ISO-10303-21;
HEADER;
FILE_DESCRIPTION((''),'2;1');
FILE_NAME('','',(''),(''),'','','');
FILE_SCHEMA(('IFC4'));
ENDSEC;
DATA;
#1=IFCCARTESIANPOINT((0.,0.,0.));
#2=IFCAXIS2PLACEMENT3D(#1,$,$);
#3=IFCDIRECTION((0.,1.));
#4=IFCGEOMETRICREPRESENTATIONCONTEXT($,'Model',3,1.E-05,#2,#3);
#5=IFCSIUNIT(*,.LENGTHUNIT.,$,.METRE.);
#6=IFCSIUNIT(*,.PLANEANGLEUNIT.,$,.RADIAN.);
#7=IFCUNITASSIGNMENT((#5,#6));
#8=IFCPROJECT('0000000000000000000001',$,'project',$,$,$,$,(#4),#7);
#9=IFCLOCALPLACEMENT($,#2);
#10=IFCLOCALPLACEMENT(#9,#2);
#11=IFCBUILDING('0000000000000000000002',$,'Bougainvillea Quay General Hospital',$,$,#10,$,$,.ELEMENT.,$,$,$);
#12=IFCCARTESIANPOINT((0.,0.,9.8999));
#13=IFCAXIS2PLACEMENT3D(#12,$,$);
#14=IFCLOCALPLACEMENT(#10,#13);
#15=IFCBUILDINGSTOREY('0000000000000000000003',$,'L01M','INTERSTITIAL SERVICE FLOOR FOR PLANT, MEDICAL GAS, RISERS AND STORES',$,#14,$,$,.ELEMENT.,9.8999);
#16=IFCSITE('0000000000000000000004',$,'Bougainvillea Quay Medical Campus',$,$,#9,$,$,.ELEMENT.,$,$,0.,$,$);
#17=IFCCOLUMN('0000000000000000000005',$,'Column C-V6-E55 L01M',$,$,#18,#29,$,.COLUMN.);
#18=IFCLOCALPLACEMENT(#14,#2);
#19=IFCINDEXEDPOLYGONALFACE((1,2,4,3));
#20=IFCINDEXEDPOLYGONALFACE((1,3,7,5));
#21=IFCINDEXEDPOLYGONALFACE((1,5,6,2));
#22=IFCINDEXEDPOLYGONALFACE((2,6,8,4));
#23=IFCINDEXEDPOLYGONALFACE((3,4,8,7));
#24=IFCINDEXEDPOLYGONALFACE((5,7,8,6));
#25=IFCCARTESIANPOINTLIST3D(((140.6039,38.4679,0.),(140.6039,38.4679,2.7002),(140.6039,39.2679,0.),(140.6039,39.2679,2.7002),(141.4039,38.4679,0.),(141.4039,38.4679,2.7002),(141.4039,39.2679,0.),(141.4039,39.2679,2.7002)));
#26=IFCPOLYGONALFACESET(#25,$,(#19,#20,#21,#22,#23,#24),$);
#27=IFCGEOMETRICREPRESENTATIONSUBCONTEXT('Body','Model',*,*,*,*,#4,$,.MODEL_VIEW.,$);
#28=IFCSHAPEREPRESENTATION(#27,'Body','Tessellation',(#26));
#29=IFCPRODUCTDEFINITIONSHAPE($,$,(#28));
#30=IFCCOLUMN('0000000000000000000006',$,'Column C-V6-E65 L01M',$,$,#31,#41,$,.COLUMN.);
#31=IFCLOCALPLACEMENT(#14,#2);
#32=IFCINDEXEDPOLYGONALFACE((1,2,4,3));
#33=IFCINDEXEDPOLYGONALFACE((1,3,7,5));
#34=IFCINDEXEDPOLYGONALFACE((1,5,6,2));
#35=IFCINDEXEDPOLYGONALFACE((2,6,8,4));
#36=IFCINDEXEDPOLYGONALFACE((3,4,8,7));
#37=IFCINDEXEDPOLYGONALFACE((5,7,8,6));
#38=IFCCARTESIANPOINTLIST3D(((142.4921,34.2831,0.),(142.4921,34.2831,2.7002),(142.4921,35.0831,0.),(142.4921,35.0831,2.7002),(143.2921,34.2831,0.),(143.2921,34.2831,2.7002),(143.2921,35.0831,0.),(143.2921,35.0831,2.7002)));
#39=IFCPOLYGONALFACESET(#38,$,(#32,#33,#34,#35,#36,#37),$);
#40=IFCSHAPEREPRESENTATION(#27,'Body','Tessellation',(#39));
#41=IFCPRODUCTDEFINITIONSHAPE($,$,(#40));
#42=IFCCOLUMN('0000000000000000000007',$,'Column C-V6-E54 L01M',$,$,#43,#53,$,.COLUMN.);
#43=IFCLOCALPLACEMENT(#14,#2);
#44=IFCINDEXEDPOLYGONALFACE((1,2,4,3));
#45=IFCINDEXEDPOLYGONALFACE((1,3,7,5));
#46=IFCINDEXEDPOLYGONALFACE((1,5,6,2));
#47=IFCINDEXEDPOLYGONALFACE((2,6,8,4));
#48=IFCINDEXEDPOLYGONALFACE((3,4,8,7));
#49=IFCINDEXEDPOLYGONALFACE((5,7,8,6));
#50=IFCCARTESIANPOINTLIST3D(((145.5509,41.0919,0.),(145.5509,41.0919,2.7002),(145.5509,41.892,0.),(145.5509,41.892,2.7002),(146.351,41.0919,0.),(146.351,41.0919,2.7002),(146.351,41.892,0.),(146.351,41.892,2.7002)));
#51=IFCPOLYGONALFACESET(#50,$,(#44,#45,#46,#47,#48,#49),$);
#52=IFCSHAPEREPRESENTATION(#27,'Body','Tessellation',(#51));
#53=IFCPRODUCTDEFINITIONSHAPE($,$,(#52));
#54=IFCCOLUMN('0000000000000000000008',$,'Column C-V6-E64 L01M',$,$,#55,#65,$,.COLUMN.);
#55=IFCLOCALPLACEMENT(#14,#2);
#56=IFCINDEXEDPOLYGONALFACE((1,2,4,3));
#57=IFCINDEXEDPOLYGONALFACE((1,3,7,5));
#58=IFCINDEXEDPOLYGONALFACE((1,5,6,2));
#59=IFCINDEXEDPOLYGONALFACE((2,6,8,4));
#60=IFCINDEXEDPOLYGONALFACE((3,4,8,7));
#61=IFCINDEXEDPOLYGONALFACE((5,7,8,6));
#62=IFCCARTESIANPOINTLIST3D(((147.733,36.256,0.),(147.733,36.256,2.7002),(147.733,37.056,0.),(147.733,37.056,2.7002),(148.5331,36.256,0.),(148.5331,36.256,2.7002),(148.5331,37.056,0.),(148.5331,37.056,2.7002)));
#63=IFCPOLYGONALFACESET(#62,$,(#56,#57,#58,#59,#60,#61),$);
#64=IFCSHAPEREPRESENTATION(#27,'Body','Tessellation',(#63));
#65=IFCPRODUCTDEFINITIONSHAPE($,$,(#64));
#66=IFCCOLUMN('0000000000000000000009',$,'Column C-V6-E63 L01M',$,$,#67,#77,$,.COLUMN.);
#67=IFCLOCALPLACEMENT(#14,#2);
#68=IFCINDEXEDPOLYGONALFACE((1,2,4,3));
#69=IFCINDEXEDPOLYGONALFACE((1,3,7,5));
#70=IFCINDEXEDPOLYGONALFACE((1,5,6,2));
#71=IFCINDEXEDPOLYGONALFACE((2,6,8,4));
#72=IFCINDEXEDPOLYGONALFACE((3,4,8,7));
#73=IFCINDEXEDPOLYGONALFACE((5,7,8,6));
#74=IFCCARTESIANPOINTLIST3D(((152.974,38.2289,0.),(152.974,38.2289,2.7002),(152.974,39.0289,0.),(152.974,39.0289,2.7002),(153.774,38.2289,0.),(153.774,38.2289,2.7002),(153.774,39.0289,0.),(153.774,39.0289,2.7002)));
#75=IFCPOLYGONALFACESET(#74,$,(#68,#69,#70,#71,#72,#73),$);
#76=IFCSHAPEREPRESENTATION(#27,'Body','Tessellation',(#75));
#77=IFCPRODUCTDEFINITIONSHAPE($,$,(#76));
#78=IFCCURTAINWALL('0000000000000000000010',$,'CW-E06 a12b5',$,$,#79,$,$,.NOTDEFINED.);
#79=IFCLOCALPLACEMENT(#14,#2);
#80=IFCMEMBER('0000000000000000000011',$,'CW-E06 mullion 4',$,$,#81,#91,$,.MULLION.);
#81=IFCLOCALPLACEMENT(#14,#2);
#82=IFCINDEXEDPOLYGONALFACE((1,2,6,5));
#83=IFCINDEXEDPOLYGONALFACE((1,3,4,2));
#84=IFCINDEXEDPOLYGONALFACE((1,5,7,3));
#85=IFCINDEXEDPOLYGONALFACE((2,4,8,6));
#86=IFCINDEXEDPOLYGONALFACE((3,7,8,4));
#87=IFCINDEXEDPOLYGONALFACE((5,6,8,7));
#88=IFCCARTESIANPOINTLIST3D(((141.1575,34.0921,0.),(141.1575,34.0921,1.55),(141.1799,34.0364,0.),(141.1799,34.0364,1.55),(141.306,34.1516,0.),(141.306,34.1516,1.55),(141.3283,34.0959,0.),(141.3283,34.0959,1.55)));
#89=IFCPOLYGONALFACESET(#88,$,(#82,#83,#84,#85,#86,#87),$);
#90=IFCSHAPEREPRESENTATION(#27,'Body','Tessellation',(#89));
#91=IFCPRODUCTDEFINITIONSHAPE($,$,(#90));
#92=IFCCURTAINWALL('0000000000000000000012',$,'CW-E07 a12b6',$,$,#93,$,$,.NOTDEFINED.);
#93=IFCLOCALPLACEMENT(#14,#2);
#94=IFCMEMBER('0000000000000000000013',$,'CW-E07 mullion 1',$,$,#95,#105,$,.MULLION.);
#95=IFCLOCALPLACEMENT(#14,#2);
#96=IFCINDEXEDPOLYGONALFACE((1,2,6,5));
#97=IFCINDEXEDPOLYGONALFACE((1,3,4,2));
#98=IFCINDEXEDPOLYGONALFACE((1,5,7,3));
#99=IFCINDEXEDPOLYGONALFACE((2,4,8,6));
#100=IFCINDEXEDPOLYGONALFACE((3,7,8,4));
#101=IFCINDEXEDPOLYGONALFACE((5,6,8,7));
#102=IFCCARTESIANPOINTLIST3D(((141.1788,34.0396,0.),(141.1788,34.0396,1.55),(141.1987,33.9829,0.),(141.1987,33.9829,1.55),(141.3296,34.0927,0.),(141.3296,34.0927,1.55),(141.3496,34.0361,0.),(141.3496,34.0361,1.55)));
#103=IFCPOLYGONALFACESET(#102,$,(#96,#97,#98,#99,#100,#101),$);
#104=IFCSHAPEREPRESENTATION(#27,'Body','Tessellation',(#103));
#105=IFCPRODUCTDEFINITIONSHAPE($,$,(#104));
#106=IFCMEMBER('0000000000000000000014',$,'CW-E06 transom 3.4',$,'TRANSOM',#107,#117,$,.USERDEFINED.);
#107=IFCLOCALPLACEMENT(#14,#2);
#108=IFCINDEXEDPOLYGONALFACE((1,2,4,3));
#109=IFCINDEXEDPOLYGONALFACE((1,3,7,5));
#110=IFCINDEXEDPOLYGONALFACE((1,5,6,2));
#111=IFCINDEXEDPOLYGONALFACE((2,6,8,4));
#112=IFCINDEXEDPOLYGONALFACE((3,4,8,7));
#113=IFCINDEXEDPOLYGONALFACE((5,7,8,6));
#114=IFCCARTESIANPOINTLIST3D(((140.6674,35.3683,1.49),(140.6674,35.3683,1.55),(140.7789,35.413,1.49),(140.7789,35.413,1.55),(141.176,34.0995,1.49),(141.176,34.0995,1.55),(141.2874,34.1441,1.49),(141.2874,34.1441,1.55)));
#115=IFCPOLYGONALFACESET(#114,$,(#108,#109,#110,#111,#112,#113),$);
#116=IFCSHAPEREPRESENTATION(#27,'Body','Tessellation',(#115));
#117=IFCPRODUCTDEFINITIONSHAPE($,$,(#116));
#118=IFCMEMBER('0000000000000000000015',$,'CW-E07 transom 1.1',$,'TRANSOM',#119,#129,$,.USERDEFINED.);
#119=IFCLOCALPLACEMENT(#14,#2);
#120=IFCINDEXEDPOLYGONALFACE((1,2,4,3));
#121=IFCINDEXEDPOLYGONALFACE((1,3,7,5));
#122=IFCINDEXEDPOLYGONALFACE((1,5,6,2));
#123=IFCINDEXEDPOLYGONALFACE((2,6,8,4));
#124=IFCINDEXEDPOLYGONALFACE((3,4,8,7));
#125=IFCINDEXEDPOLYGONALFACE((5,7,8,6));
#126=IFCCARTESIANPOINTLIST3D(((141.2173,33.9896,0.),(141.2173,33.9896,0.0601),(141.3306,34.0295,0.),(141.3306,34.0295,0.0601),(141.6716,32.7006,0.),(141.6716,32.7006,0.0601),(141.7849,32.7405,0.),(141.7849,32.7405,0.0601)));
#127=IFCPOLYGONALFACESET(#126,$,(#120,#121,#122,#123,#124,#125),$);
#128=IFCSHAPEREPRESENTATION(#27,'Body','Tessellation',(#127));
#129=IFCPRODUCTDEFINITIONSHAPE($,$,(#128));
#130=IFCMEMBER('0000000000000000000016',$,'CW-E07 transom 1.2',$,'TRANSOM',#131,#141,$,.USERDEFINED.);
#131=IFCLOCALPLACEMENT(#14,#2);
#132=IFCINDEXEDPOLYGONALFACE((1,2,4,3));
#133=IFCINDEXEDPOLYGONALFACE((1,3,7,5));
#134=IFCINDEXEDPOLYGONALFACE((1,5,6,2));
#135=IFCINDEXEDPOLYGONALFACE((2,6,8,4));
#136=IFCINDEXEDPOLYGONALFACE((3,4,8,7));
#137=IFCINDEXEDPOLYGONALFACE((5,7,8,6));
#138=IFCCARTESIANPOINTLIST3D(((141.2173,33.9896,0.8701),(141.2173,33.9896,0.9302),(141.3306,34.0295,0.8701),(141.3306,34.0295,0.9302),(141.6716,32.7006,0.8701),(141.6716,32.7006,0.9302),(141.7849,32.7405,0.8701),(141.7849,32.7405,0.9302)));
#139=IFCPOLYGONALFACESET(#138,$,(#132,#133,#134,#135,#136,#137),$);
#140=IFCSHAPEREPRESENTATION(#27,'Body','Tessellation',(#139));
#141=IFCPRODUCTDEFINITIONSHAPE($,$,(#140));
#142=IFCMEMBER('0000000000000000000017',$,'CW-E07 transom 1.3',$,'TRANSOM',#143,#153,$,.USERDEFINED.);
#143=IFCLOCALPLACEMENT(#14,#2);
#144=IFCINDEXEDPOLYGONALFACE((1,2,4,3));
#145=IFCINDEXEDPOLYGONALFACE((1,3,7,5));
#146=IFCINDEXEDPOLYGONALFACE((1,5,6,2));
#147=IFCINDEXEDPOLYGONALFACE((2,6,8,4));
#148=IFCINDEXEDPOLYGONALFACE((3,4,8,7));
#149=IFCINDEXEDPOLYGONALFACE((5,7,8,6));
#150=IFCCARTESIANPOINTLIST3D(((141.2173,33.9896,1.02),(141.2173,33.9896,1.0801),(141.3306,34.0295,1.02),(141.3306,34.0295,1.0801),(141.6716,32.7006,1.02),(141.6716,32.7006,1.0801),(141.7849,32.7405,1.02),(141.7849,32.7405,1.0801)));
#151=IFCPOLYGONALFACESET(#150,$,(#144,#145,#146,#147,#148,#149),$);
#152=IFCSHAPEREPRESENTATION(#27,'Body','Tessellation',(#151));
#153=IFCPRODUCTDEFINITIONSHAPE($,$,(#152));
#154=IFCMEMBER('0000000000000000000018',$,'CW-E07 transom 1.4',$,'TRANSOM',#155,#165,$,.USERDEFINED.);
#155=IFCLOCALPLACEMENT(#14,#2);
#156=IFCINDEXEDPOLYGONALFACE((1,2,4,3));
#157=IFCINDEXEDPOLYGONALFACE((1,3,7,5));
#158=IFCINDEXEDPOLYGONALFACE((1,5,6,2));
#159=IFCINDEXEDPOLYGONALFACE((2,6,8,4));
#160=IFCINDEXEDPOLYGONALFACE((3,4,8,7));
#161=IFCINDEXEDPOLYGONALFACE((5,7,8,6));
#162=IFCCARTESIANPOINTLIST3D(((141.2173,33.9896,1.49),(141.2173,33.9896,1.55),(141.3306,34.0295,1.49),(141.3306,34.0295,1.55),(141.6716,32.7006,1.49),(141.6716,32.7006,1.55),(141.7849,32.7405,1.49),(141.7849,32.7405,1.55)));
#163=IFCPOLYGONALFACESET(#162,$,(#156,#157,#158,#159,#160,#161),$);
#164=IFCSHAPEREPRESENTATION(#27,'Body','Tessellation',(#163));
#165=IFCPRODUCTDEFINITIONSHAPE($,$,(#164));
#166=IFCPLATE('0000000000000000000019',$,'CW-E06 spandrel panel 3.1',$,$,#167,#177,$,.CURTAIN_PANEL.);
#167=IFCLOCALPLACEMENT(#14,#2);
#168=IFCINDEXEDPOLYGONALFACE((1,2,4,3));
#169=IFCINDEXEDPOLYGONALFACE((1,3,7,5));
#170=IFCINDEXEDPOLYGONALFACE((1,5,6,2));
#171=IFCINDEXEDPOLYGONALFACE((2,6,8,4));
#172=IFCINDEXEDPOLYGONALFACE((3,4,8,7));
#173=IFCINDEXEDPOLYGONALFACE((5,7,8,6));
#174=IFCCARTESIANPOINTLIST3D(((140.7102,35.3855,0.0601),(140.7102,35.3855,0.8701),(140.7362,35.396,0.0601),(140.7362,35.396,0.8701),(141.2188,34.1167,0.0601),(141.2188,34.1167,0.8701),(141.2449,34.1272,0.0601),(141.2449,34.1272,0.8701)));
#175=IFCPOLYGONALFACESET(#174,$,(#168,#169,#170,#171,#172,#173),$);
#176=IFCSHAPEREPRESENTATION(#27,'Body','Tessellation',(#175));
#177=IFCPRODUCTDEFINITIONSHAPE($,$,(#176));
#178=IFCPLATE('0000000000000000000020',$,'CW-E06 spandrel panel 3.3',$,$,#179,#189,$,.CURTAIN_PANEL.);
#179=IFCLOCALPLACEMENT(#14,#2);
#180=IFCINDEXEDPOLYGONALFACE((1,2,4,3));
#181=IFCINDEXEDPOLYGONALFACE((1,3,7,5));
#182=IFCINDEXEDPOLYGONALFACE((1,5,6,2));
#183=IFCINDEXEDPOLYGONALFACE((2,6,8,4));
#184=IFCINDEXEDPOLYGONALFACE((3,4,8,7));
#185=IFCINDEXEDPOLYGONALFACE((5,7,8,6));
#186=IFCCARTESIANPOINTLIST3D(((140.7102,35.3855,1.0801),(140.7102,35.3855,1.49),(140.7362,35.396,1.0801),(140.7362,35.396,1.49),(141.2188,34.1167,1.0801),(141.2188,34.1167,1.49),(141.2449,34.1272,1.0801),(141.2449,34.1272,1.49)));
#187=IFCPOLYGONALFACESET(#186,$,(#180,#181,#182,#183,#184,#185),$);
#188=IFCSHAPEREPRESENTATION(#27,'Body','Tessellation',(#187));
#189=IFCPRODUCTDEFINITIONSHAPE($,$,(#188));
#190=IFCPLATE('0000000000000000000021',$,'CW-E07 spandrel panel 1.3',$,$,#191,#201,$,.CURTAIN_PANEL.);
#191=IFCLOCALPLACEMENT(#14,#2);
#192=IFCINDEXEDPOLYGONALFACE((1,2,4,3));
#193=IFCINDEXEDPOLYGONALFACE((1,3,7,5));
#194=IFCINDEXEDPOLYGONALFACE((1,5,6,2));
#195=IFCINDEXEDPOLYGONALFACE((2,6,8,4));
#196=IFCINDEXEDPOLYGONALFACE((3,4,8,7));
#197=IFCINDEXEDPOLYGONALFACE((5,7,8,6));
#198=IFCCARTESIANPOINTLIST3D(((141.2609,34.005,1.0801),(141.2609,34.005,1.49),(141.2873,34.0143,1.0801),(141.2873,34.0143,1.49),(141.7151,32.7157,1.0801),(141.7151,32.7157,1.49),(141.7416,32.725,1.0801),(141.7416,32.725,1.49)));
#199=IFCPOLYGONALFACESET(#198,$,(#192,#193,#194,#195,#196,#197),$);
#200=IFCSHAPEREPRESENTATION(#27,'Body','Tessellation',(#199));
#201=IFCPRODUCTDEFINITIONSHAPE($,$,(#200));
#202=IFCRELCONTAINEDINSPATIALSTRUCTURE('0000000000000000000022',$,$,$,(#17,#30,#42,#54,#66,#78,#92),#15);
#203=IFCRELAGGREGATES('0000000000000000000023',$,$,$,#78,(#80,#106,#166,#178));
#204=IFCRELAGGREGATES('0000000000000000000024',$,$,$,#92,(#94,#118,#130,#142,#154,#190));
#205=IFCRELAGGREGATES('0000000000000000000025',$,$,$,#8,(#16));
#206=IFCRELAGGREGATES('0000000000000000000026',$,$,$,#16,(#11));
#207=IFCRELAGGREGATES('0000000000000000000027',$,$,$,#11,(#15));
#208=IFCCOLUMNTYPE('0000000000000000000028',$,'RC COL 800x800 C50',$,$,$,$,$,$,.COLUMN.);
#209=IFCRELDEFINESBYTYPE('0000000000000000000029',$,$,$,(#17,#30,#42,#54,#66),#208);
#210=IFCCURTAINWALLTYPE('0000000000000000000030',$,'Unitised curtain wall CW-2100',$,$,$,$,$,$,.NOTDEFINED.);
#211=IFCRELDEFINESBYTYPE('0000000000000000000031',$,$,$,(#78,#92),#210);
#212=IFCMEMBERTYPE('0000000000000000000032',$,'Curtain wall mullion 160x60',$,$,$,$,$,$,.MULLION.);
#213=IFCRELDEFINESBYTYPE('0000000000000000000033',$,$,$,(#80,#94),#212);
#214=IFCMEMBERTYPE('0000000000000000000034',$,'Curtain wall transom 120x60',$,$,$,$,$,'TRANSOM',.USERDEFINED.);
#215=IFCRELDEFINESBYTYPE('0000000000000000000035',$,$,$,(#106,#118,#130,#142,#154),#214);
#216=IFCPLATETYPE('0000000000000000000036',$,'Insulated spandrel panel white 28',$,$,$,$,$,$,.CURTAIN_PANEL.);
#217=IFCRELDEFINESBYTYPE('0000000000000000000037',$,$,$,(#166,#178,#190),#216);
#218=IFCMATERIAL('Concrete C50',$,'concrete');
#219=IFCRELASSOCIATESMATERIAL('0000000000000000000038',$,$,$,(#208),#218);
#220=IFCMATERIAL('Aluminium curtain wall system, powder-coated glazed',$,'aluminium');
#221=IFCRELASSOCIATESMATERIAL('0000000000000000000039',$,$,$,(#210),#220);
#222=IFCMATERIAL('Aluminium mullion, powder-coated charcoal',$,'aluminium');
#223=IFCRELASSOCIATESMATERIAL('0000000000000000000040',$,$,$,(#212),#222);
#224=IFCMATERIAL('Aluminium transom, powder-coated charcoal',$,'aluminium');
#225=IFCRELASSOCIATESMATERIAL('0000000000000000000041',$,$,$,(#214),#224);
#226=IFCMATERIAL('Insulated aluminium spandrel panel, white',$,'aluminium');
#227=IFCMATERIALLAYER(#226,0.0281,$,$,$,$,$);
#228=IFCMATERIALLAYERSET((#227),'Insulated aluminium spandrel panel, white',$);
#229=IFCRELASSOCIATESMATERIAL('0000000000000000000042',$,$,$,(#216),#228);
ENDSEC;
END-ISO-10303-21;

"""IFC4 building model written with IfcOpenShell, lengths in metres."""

from ifc_helpers import new_model, si_unit, direction, frame, origin, origin_2d, place, context, subcontext, project, spatial, rectangle, extrude, material, layer, layer_set, material_profile, profile_set, type_object, element, aggregate, save


model = new_model("IFC4")

# Units and contexts
model_context = context("Model", 3, precision=1e-05, world=origin(), true_north=direction((0.0, 1.0)))
body_context = subcontext(model_context, "Body", "Model", "MODEL_VIEW")
ifc_project = project(units=[si_unit("LENGTHUNIT", "METRE"), si_unit("PLANEANGLEUNIT", "RADIAN")], contexts=[model_context])

# Site, building, storey
site_placement = place(None, origin())
site = spatial("IfcSite", under=ifc_project, at=site_placement, Name="Bougainvillea Quay Medical Campus", CompositionType="ELEMENT", RefElevation=0.0)
building_placement = place(site_placement, origin())
building = spatial("IfcBuilding", under=site, at=building_placement, Name="Bougainvillea Quay General Hospital", CompositionType="ELEMENT")
storey_placement = place(building_placement, frame((0.0, 0.0, 9.8999)))
storey = spatial("IfcBuildingStorey", under=building, at=storey_placement, Name="L01M", Description="INTERSTITIAL SERVICE FLOOR FOR PLANT, MEDICAL GAS, RISERS AND STORES", CompositionType="ELEMENT", Elevation=9.8999)

# Columns
ifc_material_1 = material(Name="Concrete C50", Category="concrete")
ifc_material_profile_1 = material_profile(ifc_material_1, rectangle(XDim=0.8, YDim=0.8, at=origin_2d()))
ifc_profile_set_1 = profile_set([ifc_material_profile_1], Name="Concrete C50")
column_type = type_object("IfcColumnType", Name="RC COL 800x800 C50", PredefinedType="COLUMN", material=ifc_profile_set_1)
for number, where, z_axis, x_axis, name in (
    (1, (141.0039, 38.8679, 0.0), (0.0, 0.0, 1.0), (1.0, 0.0, 0.0), "Column C-V6-E55 L01M"),
    (2, (142.8921, 34.6831, 0.0), (0.0, 0.0, 1.0), (1.0, 0.0, 0.0), "Column C-V6-E65 L01M"),
    (3, (145.9509, 41.4919, 0.0), (0.0, 0.0, 1.0), (1.0, 0.0, 0.0), "Column C-V6-E54 L01M"),
    (4, (148.1331, 36.656, 0.0), (0.0, 0.0, 1.0), (1.0, 0.0, 0.0), "Column C-V6-E64 L01M"),
    (5, (153.374, 38.6289, 0.0), (0.0, 0.0, 1.0), (1.0, 0.0, 0.0), "Column C-V6-E63 L01M"),
):
    element("IfcColumn", number, at=place(storey_placement, frame(where, z_axis=z_axis, x_axis=x_axis)), inside=storey, type_object=column_type, Name=name, PredefinedType="COLUMN", context=body_context, shape_type="SweptSolid", body=[
        extrude(rectangle(XDim=0.8, YDim=0.8, at=origin_2d()), origin(), (0.0, 0.0, 1.0), 2.7002),
    ])

# Curtain walls, members
ifc_material_2 = material(Name="Aluminium curtain wall system, powder-coated glazed", Category="aluminium")
curtain_wall_type = type_object("IfcCurtainWallType", Name="Unitised curtain wall CW-2100", PredefinedType="NOTDEFINED", material=ifc_material_2)
curtain_wall_1_placement = place(storey_placement, origin())
curtain_wall_1 = element("IfcCurtainWall", 6, at=curtain_wall_1_placement, inside=storey, type_object=curtain_wall_type, Name="CW-E06 a12b5", PredefinedType="NOTDEFINED")
ifc_material_3 = material(Name="Aluminium mullion, powder-coated charcoal", Category="aluminium")
ifc_material_profile_2 = material_profile(ifc_material_3, rectangle(XDim=0.1599, YDim=0.0601, at=origin_2d()))
ifc_profile_set_2 = profile_set([ifc_material_profile_2], Name="Aluminium mullion, powder-coated charcoal")
member_type_1 = type_object("IfcMemberType", Name="Curtain wall mullion 160x60", PredefinedType="MULLION", material=ifc_profile_set_2)
member_1_placement = place(storey_placement, frame((141.2429, 34.094, 0.0), z_axis=(0.0, 0.0, 1.0), x_axis=(0.928183, 0.372124, 0.0)))
member_1 = element("IfcMember", 7, at=member_1_placement, type_object=member_type_1, Name="CW-E06 mullion 4", PredefinedType="MULLION", context=body_context, shape_type="SweptSolid", body=[
    extrude(rectangle(XDim=0.1599, YDim=0.0601, at=origin_2d()), origin(), (0.0, 0.0, 1.0), 1.55),
])
curtain_wall_2_placement = place(storey_placement, origin())
curtain_wall_2 = element("IfcCurtainWall", 8, at=curtain_wall_2_placement, inside=storey, type_object=curtain_wall_type, Name="CW-E07 a12b6", PredefinedType="NOTDEFINED")
member_2_placement = place(storey_placement, frame((141.2642, 34.0378, 0.0), z_axis=(0.0, 0.0, 1.0), x_axis=(0.943169, 0.332315, 0.0)))
member_2 = element("IfcMember", 9, at=member_2_placement, type_object=member_type_1, Name="CW-E07 mullion 1", PredefinedType="MULLION", context=body_context, shape_type="SweptSolid", body=[
    extrude(rectangle(XDim=0.1599, YDim=0.0601, at=origin_2d()), origin(), (0.0, 0.0, 1.0), 1.55),
])

# Members
ifc_material_4 = material(Name="Aluminium transom, powder-coated charcoal", Category="aluminium")
ifc_material_profile_3 = material_profile(ifc_material_4, rectangle(XDim=0.1201, YDim=0.0601, at=origin_2d()))
ifc_profile_set_3 = profile_set([ifc_material_profile_3], Name="Aluminium transom, powder-coated charcoal")
member_type_2 = type_object("IfcMemberType", Name="Curtain wall transom 120x60", ElementType="TRANSOM", PredefinedType="USERDEFINED", material=ifc_profile_set_3)
member_3_placement = place(storey_placement, frame((140.7231, 35.3906, 1.52), z_axis=(0.372037, -0.928218, 0.0), x_axis=(0.928218, 0.372037, 0.0)))
member_3 = element("IfcMember", 10, at=member_3_placement, type_object=member_type_2, Name="CW-E06 transom 3.4", ObjectType="TRANSOM", PredefinedType="USERDEFINED", context=body_context, shape_type="SweptSolid", body=[
    extrude(rectangle(XDim=0.1201, YDim=0.0601, at=origin_2d()), origin(), (0.0, 0.0, 1.0), 1.3669),
])
member_4_placement = place(storey_placement, frame((141.2739, 34.0095, 0.03), z_axis=(0.332418, -0.943132, 0.0), x_axis=(0.943132, 0.332418, 0.0)))
member_4 = element("IfcMember", 11, at=member_4_placement, type_object=member_type_2, Name="CW-E07 transom 1.1", ObjectType="TRANSOM", PredefinedType="USERDEFINED", context=body_context, shape_type="SweptSolid", body=[
    extrude(rectangle(XDim=0.1201, YDim=0.0601, at=origin_2d()), origin(), (0.0, 0.0, 1.0), 1.3667),
])
member_5_placement = place(storey_placement, frame((141.2739, 34.0095, 0.9001), z_axis=(0.332418, -0.943132, 0.0), x_axis=(0.943132, 0.332418, 0.0)))
member_5 = element("IfcMember", 12, at=member_5_placement, type_object=member_type_2, Name="CW-E07 transom 1.2", ObjectType="TRANSOM", PredefinedType="USERDEFINED", context=body_context, shape_type="SweptSolid", body=[
    extrude(rectangle(XDim=0.1201, YDim=0.0601, at=origin_2d()), origin(), (0.0, 0.0, 1.0), 1.3667),
])
member_6_placement = place(storey_placement, frame((141.2739, 34.0095, 1.05), z_axis=(0.332418, -0.943132, 0.0), x_axis=(0.943132, 0.332418, 0.0)))
member_6 = element("IfcMember", 13, at=member_6_placement, type_object=member_type_2, Name="CW-E07 transom 1.3", ObjectType="TRANSOM", PredefinedType="USERDEFINED", context=body_context, shape_type="SweptSolid", body=[
    extrude(rectangle(XDim=0.1201, YDim=0.0601, at=origin_2d()), origin(), (0.0, 0.0, 1.0), 1.3667),
])
member_7_placement = place(storey_placement, frame((141.2739, 34.0095, 1.52), z_axis=(0.332418, -0.943132, 0.0), x_axis=(0.943132, 0.332418, 0.0)))
member_7 = element("IfcMember", 14, at=member_7_placement, type_object=member_type_2, Name="CW-E07 transom 1.4", ObjectType="TRANSOM", PredefinedType="USERDEFINED", context=body_context, shape_type="SweptSolid", body=[
    extrude(rectangle(XDim=0.1201, YDim=0.0601, at=origin_2d()), origin(), (0.0, 0.0, 1.0), 1.3667),
])

# Plates
ifc_material_5 = material(Name="Insulated aluminium spandrel panel, white", Category="aluminium")
ifc_layer_1 = layer(ifc_material_5, 0.0281)
ifc_layer_set_1 = layer_set([ifc_layer_1], Name="Insulated aluminium spandrel panel, white")
plate_type_1 = type_object("IfcPlateType", Name="Insulated spandrel panel white 28", PredefinedType="CURTAIN_PANEL", material=ifc_layer_set_1)
plate_1_placement = place(storey_placement, frame((140.9775, 34.7563, 0.0601), z_axis=(0.0, 0.0, 1.0), x_axis=(0.372124, -0.928183, 0.0)))
plate_1 = element("IfcPlate", 15, at=plate_1_placement, type_object=plate_type_1, Name="CW-E06 spandrel panel 3.1", PredefinedType="CURTAIN_PANEL", context=body_context, shape_type="SweptSolid", body=[
    extrude(rectangle(XDim=1.3669, YDim=0.0281, at=origin_2d()), origin(), (0.0, 0.0, 1.0), 0.8101),
])
plate_2_placement = place(storey_placement, frame((140.9775, 34.7563, 1.0801), z_axis=(0.0, 0.0, 1.0), x_axis=(0.372124, -0.928183, 0.0)))
plate_2 = element("IfcPlate", 16, at=plate_2_placement, type_object=plate_type_1, Name="CW-E06 spandrel panel 3.3", PredefinedType="CURTAIN_PANEL", context=body_context, shape_type="SweptSolid", body=[
    extrude(rectangle(XDim=1.3669, YDim=0.0281, at=origin_2d()), origin(), (0.0, 0.0, 1.0), 0.4099),
])
plate_3_placement = place(storey_placement, frame((141.5012, 33.365, 1.0801), z_axis=(0.0, 0.0, 1.0), x_axis=(0.332315, -0.943169, 0.0)))
plate_3 = element("IfcPlate", 17, at=plate_3_placement, type_object=plate_type_1, Name="CW-E07 spandrel panel 1.3", PredefinedType="CURTAIN_PANEL", context=body_context, shape_type="SweptSolid", body=[
    extrude(rectangle(XDim=1.3669, YDim=0.0281, at=origin_2d()), origin(), (0.0, 0.0, 1.0), 0.4099),
])
aggregate(curtain_wall_1, [member_1, member_3, plate_1, plate_2])
aggregate(curtain_wall_2, [member_2, member_4, member_5, member_6, member_7, plate_3])

save(model, "model.ifc")
